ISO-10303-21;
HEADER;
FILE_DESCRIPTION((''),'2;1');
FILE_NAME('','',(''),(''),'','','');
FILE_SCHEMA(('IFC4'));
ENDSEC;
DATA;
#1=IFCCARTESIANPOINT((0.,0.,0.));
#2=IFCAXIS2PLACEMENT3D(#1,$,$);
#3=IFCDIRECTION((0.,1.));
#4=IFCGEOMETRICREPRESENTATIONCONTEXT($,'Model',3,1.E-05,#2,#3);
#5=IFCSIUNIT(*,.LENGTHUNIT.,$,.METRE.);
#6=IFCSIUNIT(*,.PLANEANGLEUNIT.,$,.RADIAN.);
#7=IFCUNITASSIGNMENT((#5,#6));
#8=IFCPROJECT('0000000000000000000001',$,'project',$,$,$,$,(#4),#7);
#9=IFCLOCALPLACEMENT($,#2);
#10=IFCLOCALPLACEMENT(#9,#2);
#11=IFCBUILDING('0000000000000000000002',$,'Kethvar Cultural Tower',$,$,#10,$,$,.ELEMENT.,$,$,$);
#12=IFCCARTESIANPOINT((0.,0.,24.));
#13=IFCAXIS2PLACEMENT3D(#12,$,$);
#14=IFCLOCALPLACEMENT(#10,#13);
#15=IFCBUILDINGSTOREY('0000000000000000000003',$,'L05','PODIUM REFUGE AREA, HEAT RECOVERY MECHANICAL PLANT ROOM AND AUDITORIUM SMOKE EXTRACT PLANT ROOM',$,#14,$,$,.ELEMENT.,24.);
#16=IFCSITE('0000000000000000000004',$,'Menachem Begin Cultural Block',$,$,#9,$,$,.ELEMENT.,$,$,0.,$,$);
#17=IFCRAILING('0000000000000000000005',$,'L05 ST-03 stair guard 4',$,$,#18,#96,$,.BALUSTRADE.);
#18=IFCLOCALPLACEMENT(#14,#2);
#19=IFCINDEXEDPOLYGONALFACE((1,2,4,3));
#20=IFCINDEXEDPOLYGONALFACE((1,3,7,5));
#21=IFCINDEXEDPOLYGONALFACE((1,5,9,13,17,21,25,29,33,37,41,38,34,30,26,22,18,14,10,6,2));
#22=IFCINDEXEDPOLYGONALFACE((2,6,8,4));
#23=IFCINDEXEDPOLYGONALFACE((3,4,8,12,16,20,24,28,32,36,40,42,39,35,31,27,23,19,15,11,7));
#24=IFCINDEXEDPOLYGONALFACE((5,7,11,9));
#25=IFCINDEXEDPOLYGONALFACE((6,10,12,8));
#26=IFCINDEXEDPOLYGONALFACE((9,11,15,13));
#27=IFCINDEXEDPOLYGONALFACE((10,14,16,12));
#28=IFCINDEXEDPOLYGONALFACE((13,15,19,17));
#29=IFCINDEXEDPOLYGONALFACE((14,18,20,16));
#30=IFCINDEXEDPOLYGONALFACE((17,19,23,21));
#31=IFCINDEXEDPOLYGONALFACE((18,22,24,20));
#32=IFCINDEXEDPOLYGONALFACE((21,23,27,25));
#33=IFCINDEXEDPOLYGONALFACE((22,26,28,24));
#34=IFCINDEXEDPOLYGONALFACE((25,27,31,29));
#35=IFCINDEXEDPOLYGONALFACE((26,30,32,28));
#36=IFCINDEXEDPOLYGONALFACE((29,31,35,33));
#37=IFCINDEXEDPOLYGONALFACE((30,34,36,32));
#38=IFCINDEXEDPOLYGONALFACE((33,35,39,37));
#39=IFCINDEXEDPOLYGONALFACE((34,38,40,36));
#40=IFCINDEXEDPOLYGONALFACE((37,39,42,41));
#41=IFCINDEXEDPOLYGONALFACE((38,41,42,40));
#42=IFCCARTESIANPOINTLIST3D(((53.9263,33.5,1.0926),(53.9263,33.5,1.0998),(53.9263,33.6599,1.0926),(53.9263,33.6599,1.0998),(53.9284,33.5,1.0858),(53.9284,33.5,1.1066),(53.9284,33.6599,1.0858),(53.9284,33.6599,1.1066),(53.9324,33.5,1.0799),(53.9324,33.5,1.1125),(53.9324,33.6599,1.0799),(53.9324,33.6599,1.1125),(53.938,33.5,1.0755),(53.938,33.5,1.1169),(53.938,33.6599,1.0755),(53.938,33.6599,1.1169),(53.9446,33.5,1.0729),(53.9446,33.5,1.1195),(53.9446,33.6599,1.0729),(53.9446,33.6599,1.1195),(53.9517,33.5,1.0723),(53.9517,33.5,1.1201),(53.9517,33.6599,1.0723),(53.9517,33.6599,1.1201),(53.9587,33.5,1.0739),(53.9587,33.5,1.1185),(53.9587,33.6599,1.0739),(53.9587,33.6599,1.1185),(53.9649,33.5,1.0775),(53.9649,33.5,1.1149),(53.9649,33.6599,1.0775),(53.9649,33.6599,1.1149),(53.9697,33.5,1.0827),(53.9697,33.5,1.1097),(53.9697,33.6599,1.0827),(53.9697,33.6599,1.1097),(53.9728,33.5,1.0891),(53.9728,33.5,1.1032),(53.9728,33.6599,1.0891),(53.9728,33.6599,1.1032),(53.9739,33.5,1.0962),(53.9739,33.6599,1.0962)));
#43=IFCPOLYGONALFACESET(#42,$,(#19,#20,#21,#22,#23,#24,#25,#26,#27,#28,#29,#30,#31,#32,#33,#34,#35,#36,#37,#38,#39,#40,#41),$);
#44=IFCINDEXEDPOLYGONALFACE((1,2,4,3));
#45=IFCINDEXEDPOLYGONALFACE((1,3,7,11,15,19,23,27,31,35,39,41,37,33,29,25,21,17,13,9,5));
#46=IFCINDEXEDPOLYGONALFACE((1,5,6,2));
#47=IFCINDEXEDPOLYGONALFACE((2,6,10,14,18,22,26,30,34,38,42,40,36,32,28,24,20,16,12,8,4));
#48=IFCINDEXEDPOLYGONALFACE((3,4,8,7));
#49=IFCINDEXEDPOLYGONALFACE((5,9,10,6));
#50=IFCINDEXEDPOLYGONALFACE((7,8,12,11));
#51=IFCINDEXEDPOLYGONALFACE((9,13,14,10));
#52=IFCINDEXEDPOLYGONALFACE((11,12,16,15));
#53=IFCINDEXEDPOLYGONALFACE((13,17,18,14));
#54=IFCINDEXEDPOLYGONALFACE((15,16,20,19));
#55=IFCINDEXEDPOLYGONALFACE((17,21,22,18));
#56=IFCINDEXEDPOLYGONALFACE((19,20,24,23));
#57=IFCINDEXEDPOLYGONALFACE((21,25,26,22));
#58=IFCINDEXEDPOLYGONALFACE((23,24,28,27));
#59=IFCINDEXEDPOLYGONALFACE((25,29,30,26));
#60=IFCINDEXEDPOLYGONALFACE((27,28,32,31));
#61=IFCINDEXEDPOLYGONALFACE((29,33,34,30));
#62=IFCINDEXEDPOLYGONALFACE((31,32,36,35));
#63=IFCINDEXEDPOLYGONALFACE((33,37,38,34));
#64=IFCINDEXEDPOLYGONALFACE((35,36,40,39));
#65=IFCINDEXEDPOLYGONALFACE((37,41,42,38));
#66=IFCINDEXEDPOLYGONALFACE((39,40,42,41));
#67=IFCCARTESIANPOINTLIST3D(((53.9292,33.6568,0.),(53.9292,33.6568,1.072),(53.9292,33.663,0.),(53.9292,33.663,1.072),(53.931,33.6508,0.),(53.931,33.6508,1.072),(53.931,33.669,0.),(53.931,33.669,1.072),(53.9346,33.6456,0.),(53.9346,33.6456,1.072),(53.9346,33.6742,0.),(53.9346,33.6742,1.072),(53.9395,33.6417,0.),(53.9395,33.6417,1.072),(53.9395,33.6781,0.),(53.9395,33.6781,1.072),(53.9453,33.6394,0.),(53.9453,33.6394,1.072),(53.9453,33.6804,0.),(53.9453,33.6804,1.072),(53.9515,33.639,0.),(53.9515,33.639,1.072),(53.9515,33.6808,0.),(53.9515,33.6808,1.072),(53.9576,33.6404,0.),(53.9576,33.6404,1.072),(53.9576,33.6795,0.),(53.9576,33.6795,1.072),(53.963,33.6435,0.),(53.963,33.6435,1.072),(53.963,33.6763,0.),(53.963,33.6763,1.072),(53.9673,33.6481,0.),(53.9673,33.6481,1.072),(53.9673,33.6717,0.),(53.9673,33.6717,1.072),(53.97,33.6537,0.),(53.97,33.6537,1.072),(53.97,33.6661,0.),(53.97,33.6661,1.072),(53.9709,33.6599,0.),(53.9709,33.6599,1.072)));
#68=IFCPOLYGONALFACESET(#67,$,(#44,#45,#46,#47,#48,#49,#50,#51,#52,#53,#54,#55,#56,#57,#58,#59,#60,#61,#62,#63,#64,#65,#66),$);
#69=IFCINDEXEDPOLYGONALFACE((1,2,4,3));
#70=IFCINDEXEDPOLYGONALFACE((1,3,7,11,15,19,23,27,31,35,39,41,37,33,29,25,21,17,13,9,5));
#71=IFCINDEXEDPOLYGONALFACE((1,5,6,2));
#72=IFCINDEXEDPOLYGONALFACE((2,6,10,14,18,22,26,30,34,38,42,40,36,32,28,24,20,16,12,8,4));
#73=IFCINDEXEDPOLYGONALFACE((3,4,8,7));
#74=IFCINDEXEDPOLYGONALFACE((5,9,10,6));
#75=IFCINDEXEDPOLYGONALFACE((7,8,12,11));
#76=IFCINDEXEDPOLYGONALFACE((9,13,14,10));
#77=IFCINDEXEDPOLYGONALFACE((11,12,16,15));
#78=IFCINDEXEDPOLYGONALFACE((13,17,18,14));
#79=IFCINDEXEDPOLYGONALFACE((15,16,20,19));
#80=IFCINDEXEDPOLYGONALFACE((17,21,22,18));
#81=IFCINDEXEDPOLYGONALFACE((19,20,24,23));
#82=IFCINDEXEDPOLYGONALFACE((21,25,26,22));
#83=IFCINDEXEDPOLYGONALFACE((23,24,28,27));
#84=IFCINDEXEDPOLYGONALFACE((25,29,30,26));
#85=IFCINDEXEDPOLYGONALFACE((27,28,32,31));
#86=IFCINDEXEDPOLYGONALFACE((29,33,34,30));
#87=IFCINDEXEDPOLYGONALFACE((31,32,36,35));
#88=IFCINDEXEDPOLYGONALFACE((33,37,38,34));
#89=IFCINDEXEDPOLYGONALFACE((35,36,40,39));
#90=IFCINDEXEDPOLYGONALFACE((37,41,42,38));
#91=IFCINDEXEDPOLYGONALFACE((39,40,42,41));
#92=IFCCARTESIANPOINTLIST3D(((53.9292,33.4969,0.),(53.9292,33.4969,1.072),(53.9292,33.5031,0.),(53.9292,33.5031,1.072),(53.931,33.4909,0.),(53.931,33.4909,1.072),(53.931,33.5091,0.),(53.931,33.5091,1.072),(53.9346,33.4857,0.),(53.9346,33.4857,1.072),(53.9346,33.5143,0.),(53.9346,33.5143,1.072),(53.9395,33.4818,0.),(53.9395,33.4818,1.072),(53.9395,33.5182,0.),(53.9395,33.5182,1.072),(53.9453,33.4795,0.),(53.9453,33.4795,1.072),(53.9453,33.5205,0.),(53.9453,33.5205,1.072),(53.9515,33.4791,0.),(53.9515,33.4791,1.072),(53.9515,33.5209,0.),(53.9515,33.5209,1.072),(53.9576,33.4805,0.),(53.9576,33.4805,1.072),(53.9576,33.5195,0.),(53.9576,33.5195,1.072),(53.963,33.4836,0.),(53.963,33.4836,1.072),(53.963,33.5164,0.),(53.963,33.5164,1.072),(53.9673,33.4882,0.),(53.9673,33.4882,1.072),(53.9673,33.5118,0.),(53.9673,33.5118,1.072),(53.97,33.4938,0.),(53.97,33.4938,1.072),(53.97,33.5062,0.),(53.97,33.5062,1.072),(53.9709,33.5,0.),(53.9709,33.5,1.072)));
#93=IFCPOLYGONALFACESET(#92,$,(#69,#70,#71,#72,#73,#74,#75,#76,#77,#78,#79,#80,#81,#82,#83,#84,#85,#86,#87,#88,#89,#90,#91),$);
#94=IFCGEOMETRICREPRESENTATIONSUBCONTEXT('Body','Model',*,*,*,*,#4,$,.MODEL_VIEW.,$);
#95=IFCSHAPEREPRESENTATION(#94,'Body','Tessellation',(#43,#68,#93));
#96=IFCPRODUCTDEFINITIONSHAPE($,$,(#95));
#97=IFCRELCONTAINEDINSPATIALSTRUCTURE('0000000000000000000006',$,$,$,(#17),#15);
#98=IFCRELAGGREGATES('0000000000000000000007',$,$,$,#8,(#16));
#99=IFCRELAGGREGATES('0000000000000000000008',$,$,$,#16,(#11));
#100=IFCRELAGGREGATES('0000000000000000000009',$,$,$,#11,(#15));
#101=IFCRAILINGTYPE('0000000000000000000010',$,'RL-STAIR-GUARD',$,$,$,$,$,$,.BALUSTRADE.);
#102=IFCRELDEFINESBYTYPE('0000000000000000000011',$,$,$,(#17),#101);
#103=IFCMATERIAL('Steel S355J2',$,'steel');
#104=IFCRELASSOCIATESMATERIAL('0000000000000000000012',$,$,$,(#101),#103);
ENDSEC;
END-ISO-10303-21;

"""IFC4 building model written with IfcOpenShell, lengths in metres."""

from ifc_helpers import new_model, si_unit, direction, frame, origin, origin_2d, place, context, subcontext, project, spatial, circle, extrude, material, type_object, element, save


model = new_model("IFC4")

# Units and contexts
model_context = context("Model", 3, precision=1e-05, world=origin(), true_north=direction((0.0, 1.0)))
body_context = subcontext(model_context, "Body", "Model", "MODEL_VIEW")
ifc_project = project(units=[si_unit("LENGTHUNIT", "METRE"), si_unit("PLANEANGLEUNIT", "RADIAN")], contexts=[model_context])

# Site, building, storey
site_placement = place(None, origin())
site = spatial("IfcSite", under=ifc_project, at=site_placement, Name="Menachem Begin Cultural Block", CompositionType="ELEMENT", RefElevation=0.0)
building_placement = place(site_placement, origin())
building = spatial("IfcBuilding", under=site, at=building_placement, Name="Kethvar Cultural Tower", CompositionType="ELEMENT")
storey_placement = place(building_placement, frame((0.0, 0.0, 24.0)))
storey = spatial("IfcBuildingStorey", under=building, at=storey_placement, Name="L05", Description="PODIUM REFUGE AREA, HEAT RECOVERY MECHANICAL PLANT ROOM AND AUDITORIUM SMOKE EXTRACT PLANT ROOM", CompositionType="ELEMENT", Elevation=24.0)

# Railing
ifc_material_1 = material(Name="Steel S355J2", Category="steel")
railing_type_1 = type_object("IfcRailingType", Name="RL-STAIR-GUARD", PredefinedType="BALUSTRADE", material=ifc_material_1)
railing_1_placement = place(storey_placement, frame((53.95, 33.6599, 0.0)))
element("IfcRailing", 1, at=railing_1_placement, inside=storey, type_object=railing_type_1, Name="L05 ST-03 stair guard 4", PredefinedType="BALUSTRADE", context=body_context, shape_type="SweptSolid", body=[
    extrude(circle(Radius=0.0239, at=origin_2d()), frame((0.0, 0.0, 1.0962), z_axis=(0.0, -1.0, 0.0), x_axis=(1.0, 0.0, 0.0)), (0.0, 0.0, 1.0), 0.1599),
    extrude(circle(Radius=0.021, at=origin_2d()), origin(), (0.0, 0.0, 1.0), 1.072),
    extrude(circle(Radius=0.021, at=origin_2d()), frame((0.0, -0.1599, 0.0)), (0.0, 0.0, 1.0), 1.072),
])

save(model, "model.ifc")
